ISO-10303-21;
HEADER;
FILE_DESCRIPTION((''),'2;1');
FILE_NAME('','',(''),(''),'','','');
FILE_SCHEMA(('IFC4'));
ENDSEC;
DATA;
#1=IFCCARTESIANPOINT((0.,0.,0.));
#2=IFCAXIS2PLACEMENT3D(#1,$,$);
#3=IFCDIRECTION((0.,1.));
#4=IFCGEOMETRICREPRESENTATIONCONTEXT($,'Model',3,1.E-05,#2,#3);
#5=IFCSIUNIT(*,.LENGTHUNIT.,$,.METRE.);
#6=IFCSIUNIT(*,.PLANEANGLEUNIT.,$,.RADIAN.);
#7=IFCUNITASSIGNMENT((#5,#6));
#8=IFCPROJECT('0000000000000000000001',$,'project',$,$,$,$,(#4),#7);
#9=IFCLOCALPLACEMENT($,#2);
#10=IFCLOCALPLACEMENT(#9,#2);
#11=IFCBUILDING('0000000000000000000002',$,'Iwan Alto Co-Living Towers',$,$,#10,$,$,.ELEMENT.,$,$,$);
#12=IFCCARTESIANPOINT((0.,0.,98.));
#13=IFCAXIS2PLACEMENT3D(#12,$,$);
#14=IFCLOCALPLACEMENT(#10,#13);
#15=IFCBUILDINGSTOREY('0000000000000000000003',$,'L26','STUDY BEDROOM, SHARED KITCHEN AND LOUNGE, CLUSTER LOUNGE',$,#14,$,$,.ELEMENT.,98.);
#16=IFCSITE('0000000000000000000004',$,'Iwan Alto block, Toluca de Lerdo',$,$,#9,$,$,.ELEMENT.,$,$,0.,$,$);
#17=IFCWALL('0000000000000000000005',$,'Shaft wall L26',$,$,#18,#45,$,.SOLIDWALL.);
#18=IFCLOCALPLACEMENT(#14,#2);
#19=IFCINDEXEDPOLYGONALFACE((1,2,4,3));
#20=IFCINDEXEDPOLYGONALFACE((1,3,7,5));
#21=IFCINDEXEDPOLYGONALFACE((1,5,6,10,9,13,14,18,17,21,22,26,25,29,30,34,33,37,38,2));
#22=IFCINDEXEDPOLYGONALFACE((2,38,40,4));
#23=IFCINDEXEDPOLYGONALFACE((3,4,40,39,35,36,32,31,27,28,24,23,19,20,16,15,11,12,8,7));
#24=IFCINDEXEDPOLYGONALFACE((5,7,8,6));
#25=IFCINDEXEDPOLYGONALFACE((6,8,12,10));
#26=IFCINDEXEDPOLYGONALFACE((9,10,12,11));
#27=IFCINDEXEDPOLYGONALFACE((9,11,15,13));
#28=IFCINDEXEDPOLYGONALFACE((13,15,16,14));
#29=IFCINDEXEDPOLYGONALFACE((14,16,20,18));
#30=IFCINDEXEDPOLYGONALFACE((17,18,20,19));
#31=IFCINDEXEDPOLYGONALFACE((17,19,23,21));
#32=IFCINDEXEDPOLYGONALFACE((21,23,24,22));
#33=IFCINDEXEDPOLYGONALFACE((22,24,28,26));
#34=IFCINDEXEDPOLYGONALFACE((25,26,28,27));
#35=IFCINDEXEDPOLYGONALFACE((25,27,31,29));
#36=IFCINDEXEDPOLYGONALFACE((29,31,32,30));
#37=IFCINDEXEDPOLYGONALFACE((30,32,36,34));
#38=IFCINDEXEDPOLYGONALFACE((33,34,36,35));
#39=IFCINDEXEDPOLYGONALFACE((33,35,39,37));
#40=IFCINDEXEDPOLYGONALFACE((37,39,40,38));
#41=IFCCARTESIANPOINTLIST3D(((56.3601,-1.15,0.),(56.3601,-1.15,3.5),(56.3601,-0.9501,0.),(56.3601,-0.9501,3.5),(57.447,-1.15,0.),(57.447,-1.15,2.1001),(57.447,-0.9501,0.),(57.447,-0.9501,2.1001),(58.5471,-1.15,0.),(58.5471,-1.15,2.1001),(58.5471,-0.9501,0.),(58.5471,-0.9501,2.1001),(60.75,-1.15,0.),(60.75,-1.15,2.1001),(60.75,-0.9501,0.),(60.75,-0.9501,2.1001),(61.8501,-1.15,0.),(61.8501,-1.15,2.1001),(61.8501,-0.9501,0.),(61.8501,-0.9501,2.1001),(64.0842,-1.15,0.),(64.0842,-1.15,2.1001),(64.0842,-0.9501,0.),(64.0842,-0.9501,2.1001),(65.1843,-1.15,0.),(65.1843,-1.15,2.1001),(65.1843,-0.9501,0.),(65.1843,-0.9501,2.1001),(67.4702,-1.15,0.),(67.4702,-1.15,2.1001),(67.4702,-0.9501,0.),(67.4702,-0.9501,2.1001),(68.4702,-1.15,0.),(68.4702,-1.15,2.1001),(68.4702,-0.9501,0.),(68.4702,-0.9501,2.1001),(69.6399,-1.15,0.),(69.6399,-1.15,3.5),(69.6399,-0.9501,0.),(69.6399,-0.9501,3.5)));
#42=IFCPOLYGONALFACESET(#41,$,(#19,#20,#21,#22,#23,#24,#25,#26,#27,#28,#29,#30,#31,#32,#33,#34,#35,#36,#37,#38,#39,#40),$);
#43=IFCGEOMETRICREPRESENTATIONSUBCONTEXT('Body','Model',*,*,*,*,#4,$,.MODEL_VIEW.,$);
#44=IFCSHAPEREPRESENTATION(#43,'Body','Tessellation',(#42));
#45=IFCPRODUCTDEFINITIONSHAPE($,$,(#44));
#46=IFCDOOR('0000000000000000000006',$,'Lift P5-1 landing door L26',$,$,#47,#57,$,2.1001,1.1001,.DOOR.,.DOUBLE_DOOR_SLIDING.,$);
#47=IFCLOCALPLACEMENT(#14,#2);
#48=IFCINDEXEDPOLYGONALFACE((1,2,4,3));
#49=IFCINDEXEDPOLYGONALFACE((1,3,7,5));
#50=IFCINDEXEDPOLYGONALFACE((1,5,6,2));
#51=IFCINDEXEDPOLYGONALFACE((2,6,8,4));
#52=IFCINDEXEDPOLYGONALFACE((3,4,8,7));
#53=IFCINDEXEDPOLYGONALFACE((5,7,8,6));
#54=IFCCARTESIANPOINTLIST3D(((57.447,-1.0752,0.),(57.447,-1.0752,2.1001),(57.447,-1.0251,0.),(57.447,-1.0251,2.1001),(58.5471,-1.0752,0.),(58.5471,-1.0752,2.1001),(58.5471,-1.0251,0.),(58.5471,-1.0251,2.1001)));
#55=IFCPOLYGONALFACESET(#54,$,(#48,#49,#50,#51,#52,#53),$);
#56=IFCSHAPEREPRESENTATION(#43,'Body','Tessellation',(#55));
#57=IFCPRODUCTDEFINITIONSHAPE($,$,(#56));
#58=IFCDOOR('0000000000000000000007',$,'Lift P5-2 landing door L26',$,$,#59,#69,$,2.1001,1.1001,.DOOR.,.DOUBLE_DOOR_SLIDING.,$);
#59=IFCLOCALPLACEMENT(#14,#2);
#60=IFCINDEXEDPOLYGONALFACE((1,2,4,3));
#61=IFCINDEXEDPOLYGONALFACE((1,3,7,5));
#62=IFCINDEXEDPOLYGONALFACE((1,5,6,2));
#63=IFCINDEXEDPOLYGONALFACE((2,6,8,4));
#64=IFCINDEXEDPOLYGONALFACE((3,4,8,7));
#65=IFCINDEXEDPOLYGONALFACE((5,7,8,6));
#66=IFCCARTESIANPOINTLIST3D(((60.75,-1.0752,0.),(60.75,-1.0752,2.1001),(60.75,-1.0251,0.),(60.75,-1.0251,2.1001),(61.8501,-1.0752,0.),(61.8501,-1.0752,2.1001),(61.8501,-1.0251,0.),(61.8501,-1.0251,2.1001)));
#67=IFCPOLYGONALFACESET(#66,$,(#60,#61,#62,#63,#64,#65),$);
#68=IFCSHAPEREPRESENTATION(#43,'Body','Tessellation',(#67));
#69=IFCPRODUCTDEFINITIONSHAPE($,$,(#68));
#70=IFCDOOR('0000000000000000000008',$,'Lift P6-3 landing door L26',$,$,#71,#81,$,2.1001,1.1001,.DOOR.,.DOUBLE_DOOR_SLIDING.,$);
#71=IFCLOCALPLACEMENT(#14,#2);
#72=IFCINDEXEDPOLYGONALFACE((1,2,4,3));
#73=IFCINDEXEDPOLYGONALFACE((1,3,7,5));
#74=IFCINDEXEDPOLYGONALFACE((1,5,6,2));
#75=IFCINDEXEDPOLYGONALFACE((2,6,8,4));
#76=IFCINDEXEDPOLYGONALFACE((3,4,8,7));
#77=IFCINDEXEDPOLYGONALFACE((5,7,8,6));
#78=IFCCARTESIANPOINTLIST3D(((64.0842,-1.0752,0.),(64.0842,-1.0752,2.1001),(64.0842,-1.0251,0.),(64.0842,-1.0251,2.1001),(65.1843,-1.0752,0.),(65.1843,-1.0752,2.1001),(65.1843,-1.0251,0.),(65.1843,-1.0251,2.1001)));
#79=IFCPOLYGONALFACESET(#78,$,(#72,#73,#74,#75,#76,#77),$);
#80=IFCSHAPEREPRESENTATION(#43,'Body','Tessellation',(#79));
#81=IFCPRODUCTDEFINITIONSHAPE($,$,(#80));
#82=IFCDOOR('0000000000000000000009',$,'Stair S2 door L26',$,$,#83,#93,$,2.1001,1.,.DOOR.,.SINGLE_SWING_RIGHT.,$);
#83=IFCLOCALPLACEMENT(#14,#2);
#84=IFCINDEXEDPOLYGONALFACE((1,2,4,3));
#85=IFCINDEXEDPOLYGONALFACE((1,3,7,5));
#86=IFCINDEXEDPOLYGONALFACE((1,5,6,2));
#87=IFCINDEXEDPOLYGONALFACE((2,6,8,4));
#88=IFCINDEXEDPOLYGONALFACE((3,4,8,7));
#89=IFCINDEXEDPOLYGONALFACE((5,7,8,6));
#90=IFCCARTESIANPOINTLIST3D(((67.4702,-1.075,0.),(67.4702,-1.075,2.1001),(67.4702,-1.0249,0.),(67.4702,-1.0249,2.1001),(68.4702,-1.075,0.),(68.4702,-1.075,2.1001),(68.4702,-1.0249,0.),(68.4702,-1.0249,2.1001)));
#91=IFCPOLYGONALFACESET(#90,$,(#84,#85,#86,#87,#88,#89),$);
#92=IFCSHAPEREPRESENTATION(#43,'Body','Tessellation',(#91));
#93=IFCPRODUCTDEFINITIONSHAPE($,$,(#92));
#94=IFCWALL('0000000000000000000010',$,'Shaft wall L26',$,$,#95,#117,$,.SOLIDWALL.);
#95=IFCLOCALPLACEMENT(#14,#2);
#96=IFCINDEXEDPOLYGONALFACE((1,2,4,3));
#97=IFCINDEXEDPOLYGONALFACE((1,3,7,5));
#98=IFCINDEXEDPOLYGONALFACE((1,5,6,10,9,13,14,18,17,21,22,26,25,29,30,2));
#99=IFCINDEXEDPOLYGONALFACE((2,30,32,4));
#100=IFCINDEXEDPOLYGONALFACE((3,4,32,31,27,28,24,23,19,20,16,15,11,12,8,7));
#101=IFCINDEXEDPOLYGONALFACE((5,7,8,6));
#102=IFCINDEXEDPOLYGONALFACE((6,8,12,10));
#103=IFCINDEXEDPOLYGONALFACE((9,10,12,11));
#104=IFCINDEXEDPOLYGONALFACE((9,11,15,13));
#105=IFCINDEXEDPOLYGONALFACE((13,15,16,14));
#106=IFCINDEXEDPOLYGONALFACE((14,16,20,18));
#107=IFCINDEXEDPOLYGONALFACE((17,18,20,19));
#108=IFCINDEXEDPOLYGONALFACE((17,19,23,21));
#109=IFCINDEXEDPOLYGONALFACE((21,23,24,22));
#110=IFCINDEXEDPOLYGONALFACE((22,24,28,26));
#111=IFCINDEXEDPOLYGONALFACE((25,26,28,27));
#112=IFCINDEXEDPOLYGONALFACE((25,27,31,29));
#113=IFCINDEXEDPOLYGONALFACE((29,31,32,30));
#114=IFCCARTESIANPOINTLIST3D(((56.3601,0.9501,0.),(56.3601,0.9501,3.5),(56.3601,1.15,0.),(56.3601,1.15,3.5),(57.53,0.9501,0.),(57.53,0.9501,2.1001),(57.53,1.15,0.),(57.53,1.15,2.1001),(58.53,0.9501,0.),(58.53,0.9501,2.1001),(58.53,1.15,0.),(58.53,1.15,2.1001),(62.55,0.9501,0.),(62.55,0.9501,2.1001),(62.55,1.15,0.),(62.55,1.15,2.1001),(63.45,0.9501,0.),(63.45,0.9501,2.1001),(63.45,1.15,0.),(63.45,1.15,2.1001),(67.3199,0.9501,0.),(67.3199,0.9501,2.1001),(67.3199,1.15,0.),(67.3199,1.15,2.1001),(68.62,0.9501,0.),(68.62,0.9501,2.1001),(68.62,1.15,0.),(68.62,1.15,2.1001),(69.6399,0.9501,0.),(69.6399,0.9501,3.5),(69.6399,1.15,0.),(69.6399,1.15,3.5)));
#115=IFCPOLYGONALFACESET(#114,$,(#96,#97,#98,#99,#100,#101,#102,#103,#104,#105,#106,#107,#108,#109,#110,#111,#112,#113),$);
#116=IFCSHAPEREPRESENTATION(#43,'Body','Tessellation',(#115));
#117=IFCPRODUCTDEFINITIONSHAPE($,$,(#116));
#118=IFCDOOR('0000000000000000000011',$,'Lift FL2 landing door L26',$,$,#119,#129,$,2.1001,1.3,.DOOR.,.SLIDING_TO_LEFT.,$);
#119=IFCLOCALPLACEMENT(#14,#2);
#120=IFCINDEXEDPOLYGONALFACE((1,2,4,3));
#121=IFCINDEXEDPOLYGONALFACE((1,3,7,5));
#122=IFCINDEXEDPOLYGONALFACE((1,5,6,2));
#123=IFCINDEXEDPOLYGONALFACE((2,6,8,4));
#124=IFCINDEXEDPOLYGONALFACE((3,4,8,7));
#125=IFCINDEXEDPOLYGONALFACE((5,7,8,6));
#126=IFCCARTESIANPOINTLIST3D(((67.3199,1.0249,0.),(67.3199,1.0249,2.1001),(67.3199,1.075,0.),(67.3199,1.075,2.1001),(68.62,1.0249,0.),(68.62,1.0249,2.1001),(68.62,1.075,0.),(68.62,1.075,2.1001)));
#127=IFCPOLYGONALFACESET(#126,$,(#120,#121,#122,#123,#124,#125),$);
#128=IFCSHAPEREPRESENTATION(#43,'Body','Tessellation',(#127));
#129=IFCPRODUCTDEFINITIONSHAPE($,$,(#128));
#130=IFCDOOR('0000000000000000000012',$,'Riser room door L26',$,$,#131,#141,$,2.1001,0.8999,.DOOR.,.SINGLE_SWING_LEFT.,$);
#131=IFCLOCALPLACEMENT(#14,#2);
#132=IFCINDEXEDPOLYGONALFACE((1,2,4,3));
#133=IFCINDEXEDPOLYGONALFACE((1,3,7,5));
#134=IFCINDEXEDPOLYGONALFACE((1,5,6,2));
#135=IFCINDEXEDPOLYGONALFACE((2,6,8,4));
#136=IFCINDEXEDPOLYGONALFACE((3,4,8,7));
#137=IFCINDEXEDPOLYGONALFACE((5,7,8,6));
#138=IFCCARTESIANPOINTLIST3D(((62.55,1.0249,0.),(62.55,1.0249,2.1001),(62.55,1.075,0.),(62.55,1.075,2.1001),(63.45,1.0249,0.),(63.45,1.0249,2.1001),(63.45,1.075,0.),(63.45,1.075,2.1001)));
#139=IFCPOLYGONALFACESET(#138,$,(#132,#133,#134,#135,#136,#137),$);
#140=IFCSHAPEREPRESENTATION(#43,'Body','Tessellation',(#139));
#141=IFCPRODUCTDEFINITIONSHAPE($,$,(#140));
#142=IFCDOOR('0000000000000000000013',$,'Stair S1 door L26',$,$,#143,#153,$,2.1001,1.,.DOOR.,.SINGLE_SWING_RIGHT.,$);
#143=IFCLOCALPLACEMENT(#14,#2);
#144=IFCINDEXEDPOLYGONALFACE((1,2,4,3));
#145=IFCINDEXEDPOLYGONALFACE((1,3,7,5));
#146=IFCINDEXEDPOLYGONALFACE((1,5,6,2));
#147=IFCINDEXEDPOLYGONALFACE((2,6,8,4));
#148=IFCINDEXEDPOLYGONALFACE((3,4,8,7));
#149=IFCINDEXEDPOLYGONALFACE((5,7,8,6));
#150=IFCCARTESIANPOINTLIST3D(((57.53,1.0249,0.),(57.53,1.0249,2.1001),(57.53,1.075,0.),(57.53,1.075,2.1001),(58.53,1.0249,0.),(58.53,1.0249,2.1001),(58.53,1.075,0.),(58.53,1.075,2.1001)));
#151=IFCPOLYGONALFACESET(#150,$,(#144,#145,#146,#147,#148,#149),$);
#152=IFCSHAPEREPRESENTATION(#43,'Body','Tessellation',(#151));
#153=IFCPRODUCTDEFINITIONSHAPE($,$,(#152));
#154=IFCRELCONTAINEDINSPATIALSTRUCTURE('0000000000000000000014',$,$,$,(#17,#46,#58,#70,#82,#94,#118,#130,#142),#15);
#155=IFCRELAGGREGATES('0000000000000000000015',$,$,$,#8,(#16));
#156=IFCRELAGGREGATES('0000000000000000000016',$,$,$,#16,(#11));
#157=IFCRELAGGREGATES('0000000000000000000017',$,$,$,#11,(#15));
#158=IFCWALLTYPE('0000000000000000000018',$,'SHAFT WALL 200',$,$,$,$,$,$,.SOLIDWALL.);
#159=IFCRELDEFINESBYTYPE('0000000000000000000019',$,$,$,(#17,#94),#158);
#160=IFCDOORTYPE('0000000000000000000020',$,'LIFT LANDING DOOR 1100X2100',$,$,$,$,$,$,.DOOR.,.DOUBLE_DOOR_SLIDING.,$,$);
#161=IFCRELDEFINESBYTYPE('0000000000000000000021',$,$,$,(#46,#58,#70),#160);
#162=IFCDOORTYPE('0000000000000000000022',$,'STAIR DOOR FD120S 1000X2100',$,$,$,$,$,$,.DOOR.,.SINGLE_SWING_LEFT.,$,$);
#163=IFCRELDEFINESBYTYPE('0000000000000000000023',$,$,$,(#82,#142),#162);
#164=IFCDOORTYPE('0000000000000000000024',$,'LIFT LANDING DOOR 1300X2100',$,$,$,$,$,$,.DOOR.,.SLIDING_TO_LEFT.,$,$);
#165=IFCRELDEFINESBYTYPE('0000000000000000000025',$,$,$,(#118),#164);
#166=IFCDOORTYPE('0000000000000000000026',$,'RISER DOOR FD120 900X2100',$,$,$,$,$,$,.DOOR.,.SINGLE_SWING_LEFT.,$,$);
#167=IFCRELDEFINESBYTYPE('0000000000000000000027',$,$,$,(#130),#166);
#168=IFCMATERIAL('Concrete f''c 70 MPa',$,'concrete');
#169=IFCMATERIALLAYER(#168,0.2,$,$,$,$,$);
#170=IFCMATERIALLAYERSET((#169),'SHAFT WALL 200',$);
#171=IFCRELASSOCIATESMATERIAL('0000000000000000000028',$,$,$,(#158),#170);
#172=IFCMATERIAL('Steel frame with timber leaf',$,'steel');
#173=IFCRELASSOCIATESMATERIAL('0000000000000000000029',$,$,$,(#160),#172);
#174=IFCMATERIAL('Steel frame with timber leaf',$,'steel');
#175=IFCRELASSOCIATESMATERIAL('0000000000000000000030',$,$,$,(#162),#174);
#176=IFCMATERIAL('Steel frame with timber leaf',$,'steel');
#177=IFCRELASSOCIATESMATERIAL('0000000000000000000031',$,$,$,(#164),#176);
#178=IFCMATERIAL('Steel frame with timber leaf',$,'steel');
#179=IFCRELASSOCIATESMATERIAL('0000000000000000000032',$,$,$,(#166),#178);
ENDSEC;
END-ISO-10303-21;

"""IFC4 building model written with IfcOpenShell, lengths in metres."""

from ifc_helpers import new_model, si_unit, direction, frame, frame_2d, origin, place, context, subcontext, project, spatial, rectangle, extrude, material, layer, layer_set, type_object, element, fill, save


model = new_model("IFC4")

# Units and contexts
model_context = context("Model", 3, precision=1e-05, world=origin(), true_north=direction((0.0, 1.0)))
body_context = subcontext(model_context, "Body", "Model", "MODEL_VIEW")
ifc_project = project(units=[si_unit("LENGTHUNIT", "METRE"), si_unit("PLANEANGLEUNIT", "RADIAN")], contexts=[model_context])

# Site, building, storey
site_placement = place(None, origin())
site = spatial("IfcSite", under=ifc_project, at=site_placement, Name="Iwan Alto block, Toluca de Lerdo", CompositionType="ELEMENT", RefElevation=0.0)
building_placement = place(site_placement, origin())
building = spatial("IfcBuilding", under=site, at=building_placement, Name="Iwan Alto Co-Living Towers", CompositionType="ELEMENT")
storey_placement = place(building_placement, frame((0.0, 0.0, 98.0)))
storey = spatial("IfcBuildingStorey", under=building, at=storey_placement, Name="L26", Description="STUDY BEDROOM, SHARED KITCHEN AND LOUNGE, CLUSTER LOUNGE", CompositionType="ELEMENT", Elevation=98.0)

# Walls, openings, doors
ifc_material_1 = material(Name="Concrete f'c 70 MPa", Category="concrete")
ifc_layer_1 = layer(ifc_material_1, 0.2)
ifc_layer_set_1 = layer_set([ifc_layer_1], Name="SHAFT WALL 200")
wall_type_1 = type_object("IfcWallType", Name="SHAFT WALL 200", PredefinedType="SOLIDWALL", material=ifc_layer_set_1)
wall_1_placement = place(storey_placement, frame((56.3601, -1.05, 0.0), z_axis=(0.0, 0.0, 1.0), x_axis=(1.0, 0.0, 0.0)))
wall_1 = element("IfcWall", 1, at=wall_1_placement, inside=storey, type_object=wall_type_1, Name="Shaft wall L26", PredefinedType="SOLIDWALL", context=body_context, shape_type="SweptSolid", body=[
    extrude(rectangle(XDim=13.2798, YDim=0.2, at=frame_2d((6.6399, 0.0))), origin(), (0.0, 0.0, 1.0), 3.5),
])
opening_1_placement = place(wall_1_placement, frame((11.1101, 0.0, 0.0)))
opening_1 = element("IfcOpeningElement", 2, at=opening_1_placement, cuts=wall_1, PredefinedType="OPENING", context=body_context, shape_type="SweptSolid", body=[
    extrude(rectangle(XDim=1.0, YDim=2.1001, at=frame_2d((0.5, 1.05))), frame((0.0, 0.1099, 0.0), z_axis=(0.0, -1.0, 0.0), x_axis=(1.0, 0.0, 0.0)), (0.0, 0.0, 1.0), 0.22),
])
opening_2_placement = place(wall_1_placement, frame((1.0869, 0.0, 0.0)))
opening_2 = element("IfcOpeningElement", 3, at=opening_2_placement, cuts=wall_1, PredefinedType="OPENING", context=body_context, shape_type="SweptSolid", body=[
    extrude(rectangle(XDim=1.1001, YDim=2.1001, at=frame_2d((0.55, 1.05))), frame((0.0, 0.1099, 0.0), z_axis=(0.0, -1.0, 0.0), x_axis=(1.0, 0.0, 0.0)), (0.0, 0.0, 1.0), 0.22),
])
opening_3_placement = place(wall_1_placement, frame((4.3899, 0.0, 0.0)))
opening_3 = element("IfcOpeningElement", 4, at=opening_3_placement, cuts=wall_1, PredefinedType="OPENING", context=body_context, shape_type="SweptSolid", body=[
    extrude(rectangle(XDim=1.1001, YDim=2.1001, at=frame_2d((0.55, 1.05))), frame((0.0, 0.1099, 0.0), z_axis=(0.0, -1.0, 0.0), x_axis=(1.0, 0.0, 0.0)), (0.0, 0.0, 1.0), 0.22),
])
opening_4_placement = place(wall_1_placement, frame((7.7241, 0.0, 0.0)))
opening_4 = element("IfcOpeningElement", 5, at=opening_4_placement, cuts=wall_1, PredefinedType="OPENING", context=body_context, shape_type="SweptSolid", body=[
    extrude(rectangle(XDim=1.1001, YDim=2.1001, at=frame_2d((0.55, 1.05))), frame((0.0, 0.1099, 0.0), z_axis=(0.0, -1.0, 0.0), x_axis=(1.0, 0.0, 0.0)), (0.0, 0.0, 1.0), 0.22),
])
ifc_material_2 = material(Name="Steel frame with timber leaf", Category="steel")
door_type_1 = type_object("IfcDoorType", Name="LIFT LANDING DOOR 1100X2100", OperationType="DOUBLE_DOOR_SLIDING", PredefinedType="DOOR", material=ifc_material_2)
door_1_placement = place(opening_2_placement, origin())
door_1 = element("IfcDoor", 6, at=door_1_placement, inside=storey, type_object=door_type_1, Name="Lift P5-1 landing door L26", OperationType="DOUBLE_DOOR_SLIDING", OverallHeight=2.1001, OverallWidth=1.1001, PredefinedType="DOOR", context=body_context, shape_type="SweptSolid", body=[
    extrude(rectangle(XDim=1.1001, YDim=2.1001, at=frame_2d((0.55, 1.05))), frame((0.0, 0.0249, 0.0), z_axis=(0.0, -1.0, 0.0), x_axis=(1.0, 0.0, 0.0)), (0.0, 0.0, 1.0), 0.05),
])
fill(opening_2, door_1)
door_2_placement = place(opening_3_placement, origin())
door_2 = element("IfcDoor", 7, at=door_2_placement, inside=storey, type_object=door_type_1, Name="Lift P5-2 landing door L26", OperationType="DOUBLE_DOOR_SLIDING", OverallHeight=2.1001, OverallWidth=1.1001, PredefinedType="DOOR", context=body_context, shape_type="SweptSolid", body=[
    extrude(rectangle(XDim=1.1001, YDim=2.1001, at=frame_2d((0.55, 1.05))), frame((0.0, 0.0249, 0.0), z_axis=(0.0, -1.0, 0.0), x_axis=(1.0, 0.0, 0.0)), (0.0, 0.0, 1.0), 0.05),
])
fill(opening_3, door_2)
door_3_placement = place(opening_4_placement, origin())
door_3 = element("IfcDoor", 8, at=door_3_placement, inside=storey, type_object=door_type_1, Name="Lift P6-3 landing door L26", OperationType="DOUBLE_DOOR_SLIDING", OverallHeight=2.1001, OverallWidth=1.1001, PredefinedType="DOOR", context=body_context, shape_type="SweptSolid", body=[
    extrude(rectangle(XDim=1.1001, YDim=2.1001, at=frame_2d((0.55, 1.05))), frame((0.0, 0.0249, 0.0), z_axis=(0.0, -1.0, 0.0), x_axis=(1.0, 0.0, 0.0)), (0.0, 0.0, 1.0), 0.05),
])
fill(opening_4, door_3)
ifc_material_3 = material(Name="Steel frame with timber leaf", Category="steel")
door_type_2 = type_object("IfcDoorType", Name="STAIR DOOR FD120S 1000X2100", OperationType="SINGLE_SWING_LEFT", PredefinedType="DOOR", material=ifc_material_3)
door_4_placement = place(opening_1_placement, frame((1.0, 0.0, 0.0), z_axis=(0.0, 0.0, 1.0), x_axis=(-1.0, 0.0, 0.0)))
door_4 = element("IfcDoor", 9, at=door_4_placement, inside=storey, type_object=door_type_2, Name="Stair S2 door L26", OperationType="SINGLE_SWING_RIGHT", OverallHeight=2.1001, OverallWidth=1.0, PredefinedType="DOOR", context=body_context, shape_type="SweptSolid", body=[
    extrude(rectangle(XDim=1.0, YDim=2.1001, at=frame_2d((0.5, 1.05))), frame((0.0, 0.0249, 0.0), z_axis=(0.0, -1.0, 0.0), x_axis=(1.0, 0.0, 0.0)), (0.0, 0.0, 1.0), 0.05),
])
fill(opening_1, door_4)
wall_2_placement = place(storey_placement, frame((56.3601, 1.05, 0.0), z_axis=(0.0, 0.0, 1.0), x_axis=(1.0, 0.0, 0.0)))
wall_2 = element("IfcWall", 10, at=wall_2_placement, inside=storey, type_object=wall_type_1, Name="Shaft wall L26", PredefinedType="SOLIDWALL", context=body_context, shape_type="SweptSolid", body=[
    extrude(rectangle(XDim=13.2798, YDim=0.2, at=frame_2d((6.6399, 0.0))), origin(), (0.0, 0.0, 1.0), 3.5),
])
opening_5_placement = place(wall_2_placement, frame((1.1699, 0.0, 0.0)))
opening_5 = element("IfcOpeningElement", 11, at=opening_5_placement, cuts=wall_2, PredefinedType="OPENING", context=body_context, shape_type="SweptSolid", body=[
    extrude(rectangle(XDim=1.0, YDim=2.1001, at=frame_2d((0.5, 1.05))), frame((0.0, 0.1099, 0.0), z_axis=(0.0, -1.0, 0.0), x_axis=(1.0, 0.0, 0.0)), (0.0, 0.0, 1.0), 0.22),
])
opening_6_placement = place(wall_2_placement, frame((6.1899, 0.0, 0.0)))
opening_6 = element("IfcOpeningElement", 12, at=opening_6_placement, cuts=wall_2, PredefinedType="OPENING", context=body_context, shape_type="SweptSolid", body=[
    extrude(rectangle(XDim=0.8999, YDim=2.1001, at=frame_2d((0.45, 1.05))), frame((0.0, 0.1099, 0.0), z_axis=(0.0, -1.0, 0.0), x_axis=(1.0, 0.0, 0.0)), (0.0, 0.0, 1.0), 0.22),
])
opening_7_placement = place(wall_2_placement, frame((10.96, 0.0, 0.0)))
opening_7 = element("IfcOpeningElement", 13, at=opening_7_placement, cuts=wall_2, PredefinedType="OPENING", context=body_context, shape_type="SweptSolid", body=[
    extrude(rectangle(XDim=1.3, YDim=2.1001, at=frame_2d((0.6499, 1.05))), frame((0.0, 0.1099, 0.0), z_axis=(0.0, -1.0, 0.0), x_axis=(1.0, 0.0, 0.0)), (0.0, 0.0, 1.0), 0.22),
])
ifc_material_4 = material(Name="Steel frame with timber leaf", Category="steel")
door_type_3 = type_object("IfcDoorType", Name="LIFT LANDING DOOR 1300X2100", OperationType="SLIDING_TO_LEFT", PredefinedType="DOOR", material=ifc_material_4)
door_5_placement = place(opening_7_placement, origin())
door_5 = element("IfcDoor", 14, at=door_5_placement, inside=storey, type_object=door_type_3, Name="Lift FL2 landing door L26", OperationType="SLIDING_TO_LEFT", OverallHeight=2.1001, OverallWidth=1.3, PredefinedType="DOOR", context=body_context, shape_type="SweptSolid", body=[
    extrude(rectangle(XDim=1.3, YDim=2.1001, at=frame_2d((0.6499, 1.05))), frame((0.0, 0.0249, 0.0), z_axis=(0.0, -1.0, 0.0), x_axis=(1.0, 0.0, 0.0)), (0.0, 0.0, 1.0), 0.05),
])
fill(opening_7, door_5)
ifc_material_5 = material(Name="Steel frame with timber leaf", Category="steel")
door_type_4 = type_object("IfcDoorType", Name="RISER DOOR FD120 900X2100", OperationType="SINGLE_SWING_LEFT", PredefinedType="DOOR", material=ifc_material_5)
door_6_placement = place(opening_6_placement, origin())
door_6 = element("IfcDoor", 15, at=door_6_placement, inside=storey, type_object=door_type_4, Name="Riser room door L26", OperationType="SINGLE_SWING_LEFT", OverallHeight=2.1001, OverallWidth=0.8999, PredefinedType="DOOR", context=body_context, shape_type="SweptSolid", body=[
    extrude(rectangle(XDim=0.8999, YDim=2.1001, at=frame_2d((0.45, 1.05))), frame((0.0, 0.0249, 0.0), z_axis=(0.0, -1.0, 0.0), x_axis=(1.0, 0.0, 0.0)), (0.0, 0.0, 1.0), 0.05),
])
fill(opening_6, door_6)
door_7_placement = place(opening_5_placement, origin())
door_7 = element("IfcDoor", 16, at=door_7_placement, inside=storey, type_object=door_type_2, Name="Stair S1 door L26", OperationType="SINGLE_SWING_RIGHT", OverallHeight=2.1001, OverallWidth=1.0, PredefinedType="DOOR", context=body_context, shape_type="SweptSolid", body=[
    extrude(rectangle(XDim=1.0, YDim=2.1001, at=frame_2d((0.5, 1.05))), frame((0.0, 0.0249, 0.0), z_axis=(0.0, -1.0, 0.0), x_axis=(1.0, 0.0, 0.0)), (0.0, 0.0, 1.0), 0.05),
])
fill(opening_5, door_7)

save(model, "model.ifc")
